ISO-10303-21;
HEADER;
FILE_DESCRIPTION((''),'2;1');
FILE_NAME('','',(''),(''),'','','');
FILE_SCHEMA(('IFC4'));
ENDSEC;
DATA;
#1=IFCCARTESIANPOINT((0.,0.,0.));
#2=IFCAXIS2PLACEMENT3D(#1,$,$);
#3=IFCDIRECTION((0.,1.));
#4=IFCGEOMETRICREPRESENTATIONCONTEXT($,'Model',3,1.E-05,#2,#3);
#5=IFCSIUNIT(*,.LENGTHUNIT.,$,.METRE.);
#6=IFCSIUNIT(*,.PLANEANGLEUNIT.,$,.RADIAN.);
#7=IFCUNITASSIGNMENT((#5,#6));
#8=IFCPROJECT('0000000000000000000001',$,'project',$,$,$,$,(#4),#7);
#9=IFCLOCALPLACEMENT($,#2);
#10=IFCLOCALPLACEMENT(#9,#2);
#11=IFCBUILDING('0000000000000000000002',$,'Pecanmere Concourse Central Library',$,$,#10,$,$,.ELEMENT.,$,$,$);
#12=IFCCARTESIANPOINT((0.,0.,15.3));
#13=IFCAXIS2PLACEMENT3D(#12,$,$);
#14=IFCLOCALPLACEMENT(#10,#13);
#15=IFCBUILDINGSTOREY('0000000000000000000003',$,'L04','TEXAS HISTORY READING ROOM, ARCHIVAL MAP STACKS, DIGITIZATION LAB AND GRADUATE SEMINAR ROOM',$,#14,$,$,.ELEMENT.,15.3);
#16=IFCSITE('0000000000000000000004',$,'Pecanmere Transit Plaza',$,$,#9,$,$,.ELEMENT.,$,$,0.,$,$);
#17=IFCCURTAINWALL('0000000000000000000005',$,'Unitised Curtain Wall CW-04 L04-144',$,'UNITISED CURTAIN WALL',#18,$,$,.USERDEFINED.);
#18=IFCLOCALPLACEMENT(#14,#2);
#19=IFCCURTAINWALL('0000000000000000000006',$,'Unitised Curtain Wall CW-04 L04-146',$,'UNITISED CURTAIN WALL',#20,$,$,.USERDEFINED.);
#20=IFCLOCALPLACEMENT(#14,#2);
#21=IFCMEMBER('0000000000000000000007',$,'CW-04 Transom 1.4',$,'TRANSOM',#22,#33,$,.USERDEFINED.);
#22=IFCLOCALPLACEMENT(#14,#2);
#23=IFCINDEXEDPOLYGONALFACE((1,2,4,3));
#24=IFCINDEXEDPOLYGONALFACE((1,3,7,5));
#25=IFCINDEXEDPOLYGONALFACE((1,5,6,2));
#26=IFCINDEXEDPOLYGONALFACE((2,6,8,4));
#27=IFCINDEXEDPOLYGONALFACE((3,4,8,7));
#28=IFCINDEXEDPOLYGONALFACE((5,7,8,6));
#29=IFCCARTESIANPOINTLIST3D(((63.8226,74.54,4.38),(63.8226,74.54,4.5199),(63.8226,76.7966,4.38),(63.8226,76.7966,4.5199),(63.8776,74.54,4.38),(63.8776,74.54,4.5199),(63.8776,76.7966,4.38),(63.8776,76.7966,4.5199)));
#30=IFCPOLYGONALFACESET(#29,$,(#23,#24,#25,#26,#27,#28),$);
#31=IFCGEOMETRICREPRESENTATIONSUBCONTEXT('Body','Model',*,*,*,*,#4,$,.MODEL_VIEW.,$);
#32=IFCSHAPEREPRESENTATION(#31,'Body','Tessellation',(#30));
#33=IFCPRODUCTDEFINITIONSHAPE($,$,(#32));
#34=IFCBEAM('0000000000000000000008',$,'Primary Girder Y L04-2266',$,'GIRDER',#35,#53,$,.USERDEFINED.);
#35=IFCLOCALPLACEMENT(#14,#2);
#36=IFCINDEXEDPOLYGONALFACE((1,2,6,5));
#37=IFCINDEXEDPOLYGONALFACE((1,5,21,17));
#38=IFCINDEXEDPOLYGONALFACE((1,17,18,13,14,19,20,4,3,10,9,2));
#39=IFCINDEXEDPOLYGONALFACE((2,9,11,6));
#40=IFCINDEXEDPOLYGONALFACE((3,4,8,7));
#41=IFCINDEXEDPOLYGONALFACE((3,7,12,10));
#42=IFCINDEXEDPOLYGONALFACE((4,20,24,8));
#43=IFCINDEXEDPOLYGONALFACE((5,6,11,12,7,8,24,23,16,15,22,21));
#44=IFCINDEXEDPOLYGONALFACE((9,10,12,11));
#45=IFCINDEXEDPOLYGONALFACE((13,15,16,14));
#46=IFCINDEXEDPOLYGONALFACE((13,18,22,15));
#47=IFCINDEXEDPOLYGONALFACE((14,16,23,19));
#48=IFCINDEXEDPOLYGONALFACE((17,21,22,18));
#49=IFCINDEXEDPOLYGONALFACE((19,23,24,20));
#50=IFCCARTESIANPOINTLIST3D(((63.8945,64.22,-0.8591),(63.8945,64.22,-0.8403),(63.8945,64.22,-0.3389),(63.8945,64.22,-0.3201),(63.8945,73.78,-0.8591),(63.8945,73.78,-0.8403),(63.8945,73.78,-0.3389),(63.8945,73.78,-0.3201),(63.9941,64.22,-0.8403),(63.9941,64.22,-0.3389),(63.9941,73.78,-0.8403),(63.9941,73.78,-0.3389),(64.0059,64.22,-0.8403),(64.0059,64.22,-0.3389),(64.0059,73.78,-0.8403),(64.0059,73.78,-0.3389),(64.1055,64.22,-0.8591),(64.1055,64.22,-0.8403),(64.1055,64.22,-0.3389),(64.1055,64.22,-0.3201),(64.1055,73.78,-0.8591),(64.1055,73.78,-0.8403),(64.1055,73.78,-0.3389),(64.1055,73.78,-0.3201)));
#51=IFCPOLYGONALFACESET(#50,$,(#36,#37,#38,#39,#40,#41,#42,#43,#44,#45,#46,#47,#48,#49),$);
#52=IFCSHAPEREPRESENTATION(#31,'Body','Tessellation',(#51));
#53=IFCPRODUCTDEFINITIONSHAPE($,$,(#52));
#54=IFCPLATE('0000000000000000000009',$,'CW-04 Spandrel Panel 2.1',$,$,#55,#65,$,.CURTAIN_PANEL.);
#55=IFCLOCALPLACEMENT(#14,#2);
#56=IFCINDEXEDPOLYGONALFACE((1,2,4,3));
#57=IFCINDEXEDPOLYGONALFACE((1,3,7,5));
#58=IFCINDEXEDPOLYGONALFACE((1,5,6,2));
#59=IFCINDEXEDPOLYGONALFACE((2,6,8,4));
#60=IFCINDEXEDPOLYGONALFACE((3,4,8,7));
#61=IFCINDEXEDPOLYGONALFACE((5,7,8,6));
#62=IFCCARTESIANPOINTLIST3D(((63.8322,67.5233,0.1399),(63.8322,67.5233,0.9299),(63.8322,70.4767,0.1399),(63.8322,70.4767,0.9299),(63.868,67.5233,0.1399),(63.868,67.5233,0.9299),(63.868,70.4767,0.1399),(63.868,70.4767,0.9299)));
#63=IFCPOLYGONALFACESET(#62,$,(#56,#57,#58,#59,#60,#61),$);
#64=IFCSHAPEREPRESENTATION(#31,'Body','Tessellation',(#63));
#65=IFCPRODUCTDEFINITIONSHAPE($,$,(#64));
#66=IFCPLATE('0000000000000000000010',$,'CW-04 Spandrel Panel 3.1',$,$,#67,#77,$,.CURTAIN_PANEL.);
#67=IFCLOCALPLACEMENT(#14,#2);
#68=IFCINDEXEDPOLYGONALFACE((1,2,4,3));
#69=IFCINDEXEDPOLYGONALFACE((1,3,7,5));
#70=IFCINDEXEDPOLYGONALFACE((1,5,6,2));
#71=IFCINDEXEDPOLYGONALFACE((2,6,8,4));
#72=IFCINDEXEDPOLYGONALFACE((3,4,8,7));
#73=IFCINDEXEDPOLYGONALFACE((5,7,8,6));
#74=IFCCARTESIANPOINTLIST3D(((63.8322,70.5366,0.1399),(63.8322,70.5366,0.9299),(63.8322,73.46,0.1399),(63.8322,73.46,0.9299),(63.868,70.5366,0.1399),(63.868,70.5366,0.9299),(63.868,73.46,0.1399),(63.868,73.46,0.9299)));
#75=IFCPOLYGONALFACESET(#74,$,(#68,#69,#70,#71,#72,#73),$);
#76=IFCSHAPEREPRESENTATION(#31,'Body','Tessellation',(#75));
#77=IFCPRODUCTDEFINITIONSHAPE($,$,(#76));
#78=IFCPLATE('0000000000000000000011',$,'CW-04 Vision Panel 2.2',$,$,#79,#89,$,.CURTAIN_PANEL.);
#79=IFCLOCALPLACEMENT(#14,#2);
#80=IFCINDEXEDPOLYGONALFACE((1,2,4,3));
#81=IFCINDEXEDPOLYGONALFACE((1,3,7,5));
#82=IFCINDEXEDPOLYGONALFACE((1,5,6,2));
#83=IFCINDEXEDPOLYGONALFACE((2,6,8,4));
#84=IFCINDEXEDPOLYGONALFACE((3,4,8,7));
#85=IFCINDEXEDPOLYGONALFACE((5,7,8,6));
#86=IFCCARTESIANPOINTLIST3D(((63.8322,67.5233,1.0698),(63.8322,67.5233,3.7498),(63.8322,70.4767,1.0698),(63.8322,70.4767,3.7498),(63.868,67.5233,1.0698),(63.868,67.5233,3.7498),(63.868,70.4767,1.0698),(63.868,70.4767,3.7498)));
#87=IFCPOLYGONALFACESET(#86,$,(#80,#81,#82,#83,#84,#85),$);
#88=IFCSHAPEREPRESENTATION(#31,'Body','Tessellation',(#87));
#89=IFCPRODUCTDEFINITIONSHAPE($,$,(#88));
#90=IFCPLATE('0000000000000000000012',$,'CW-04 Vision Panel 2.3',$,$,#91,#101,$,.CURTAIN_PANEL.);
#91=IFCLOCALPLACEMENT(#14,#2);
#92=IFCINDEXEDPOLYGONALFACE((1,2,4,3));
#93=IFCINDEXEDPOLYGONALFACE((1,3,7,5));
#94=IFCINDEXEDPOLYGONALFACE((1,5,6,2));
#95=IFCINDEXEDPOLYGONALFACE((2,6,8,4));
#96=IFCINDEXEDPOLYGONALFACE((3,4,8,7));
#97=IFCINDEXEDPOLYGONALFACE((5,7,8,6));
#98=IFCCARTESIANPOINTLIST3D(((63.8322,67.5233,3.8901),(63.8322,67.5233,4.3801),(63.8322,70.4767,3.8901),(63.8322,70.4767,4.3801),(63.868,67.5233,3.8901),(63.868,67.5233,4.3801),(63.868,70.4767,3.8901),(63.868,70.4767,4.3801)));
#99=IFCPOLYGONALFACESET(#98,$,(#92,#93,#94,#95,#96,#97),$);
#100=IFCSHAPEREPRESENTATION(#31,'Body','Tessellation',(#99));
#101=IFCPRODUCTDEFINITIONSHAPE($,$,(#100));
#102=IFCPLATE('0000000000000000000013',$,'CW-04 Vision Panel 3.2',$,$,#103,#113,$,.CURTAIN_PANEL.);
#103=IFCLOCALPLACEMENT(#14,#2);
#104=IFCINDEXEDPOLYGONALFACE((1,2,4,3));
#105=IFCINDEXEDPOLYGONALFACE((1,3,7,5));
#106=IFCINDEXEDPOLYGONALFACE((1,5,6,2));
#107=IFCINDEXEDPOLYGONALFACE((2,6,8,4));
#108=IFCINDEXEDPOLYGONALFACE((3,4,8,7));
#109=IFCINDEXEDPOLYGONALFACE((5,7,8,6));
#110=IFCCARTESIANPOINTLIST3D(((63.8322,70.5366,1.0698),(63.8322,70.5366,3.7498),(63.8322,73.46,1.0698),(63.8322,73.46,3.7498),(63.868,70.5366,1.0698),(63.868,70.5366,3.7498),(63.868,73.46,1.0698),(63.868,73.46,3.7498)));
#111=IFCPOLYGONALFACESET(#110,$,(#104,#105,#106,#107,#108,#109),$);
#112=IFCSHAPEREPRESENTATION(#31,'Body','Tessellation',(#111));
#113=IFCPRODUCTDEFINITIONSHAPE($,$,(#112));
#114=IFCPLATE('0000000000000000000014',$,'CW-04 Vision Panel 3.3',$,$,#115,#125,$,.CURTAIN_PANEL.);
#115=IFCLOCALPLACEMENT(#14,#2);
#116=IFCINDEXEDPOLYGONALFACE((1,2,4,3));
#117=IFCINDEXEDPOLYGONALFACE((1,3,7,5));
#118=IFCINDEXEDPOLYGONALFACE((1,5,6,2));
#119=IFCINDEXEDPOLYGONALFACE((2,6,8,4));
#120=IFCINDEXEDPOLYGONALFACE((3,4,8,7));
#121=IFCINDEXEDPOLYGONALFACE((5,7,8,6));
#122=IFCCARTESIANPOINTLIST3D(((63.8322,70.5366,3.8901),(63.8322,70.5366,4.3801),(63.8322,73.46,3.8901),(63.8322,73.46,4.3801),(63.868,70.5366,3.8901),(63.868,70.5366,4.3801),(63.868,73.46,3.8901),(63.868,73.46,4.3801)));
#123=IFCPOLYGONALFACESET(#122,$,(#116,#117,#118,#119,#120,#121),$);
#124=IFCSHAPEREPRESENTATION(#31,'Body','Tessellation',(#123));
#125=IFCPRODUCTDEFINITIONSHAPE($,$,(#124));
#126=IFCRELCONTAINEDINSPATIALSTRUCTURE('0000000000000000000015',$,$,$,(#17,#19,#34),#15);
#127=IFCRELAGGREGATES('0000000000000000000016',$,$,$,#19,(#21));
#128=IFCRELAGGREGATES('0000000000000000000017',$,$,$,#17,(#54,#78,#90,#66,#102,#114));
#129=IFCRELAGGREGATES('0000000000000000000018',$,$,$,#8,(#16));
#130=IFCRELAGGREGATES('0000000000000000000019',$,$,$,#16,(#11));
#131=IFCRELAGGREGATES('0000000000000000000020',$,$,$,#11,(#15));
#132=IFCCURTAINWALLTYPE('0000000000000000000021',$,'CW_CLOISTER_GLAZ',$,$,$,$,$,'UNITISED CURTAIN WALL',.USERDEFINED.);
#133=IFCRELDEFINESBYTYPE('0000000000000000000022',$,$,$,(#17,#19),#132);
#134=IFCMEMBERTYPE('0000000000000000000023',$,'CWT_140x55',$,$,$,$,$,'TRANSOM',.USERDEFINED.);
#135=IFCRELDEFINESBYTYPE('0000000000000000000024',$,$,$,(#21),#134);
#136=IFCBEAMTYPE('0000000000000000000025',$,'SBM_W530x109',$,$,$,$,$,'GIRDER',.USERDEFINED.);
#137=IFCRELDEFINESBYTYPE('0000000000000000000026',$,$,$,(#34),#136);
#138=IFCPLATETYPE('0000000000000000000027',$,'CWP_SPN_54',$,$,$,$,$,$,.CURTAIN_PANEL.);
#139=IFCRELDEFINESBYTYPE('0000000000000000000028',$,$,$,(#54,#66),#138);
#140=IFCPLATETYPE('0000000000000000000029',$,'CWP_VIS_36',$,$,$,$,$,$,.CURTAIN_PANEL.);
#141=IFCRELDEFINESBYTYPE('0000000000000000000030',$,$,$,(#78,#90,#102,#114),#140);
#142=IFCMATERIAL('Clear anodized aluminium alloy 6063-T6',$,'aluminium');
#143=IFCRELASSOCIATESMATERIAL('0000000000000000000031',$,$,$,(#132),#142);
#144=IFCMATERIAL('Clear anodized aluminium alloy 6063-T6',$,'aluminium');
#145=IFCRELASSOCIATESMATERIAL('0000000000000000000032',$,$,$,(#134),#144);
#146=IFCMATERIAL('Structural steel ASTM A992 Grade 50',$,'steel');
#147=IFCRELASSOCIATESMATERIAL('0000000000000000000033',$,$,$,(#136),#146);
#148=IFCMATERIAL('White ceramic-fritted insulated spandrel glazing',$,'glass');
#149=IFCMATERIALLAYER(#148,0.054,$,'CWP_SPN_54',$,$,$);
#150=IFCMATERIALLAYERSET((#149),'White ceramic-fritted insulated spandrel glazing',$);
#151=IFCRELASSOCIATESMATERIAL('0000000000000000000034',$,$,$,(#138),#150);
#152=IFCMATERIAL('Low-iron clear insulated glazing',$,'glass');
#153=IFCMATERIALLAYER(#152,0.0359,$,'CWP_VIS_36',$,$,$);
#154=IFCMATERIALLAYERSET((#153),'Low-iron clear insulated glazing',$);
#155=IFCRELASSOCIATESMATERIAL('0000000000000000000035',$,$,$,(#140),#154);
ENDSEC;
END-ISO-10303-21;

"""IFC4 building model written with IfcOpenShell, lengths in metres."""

from ifc_helpers import new_model, si_unit, direction, frame, origin, origin_2d, place, context, subcontext, project, spatial, rectangle, i_section, extrude, material, layer, layer_set, material_profile, profile_set, type_object, element, aggregate, save


model = new_model("IFC4")

# Units and contexts
model_context = context("Model", 3, precision=1e-05, world=origin(), true_north=direction((0.0, 1.0)))
body_context = subcontext(model_context, "Body", "Model", "MODEL_VIEW")
ifc_project = project(units=[si_unit("LENGTHUNIT", "METRE"), si_unit("PLANEANGLEUNIT", "RADIAN")], contexts=[model_context])

# Site, building, storey
site_placement = place(None, origin())
site = spatial("IfcSite", under=ifc_project, at=site_placement, Name="Pecanmere Transit Plaza", CompositionType="ELEMENT", RefElevation=0.0)
building_placement = place(site_placement, origin())
building = spatial("IfcBuilding", under=site, at=building_placement, Name="Pecanmere Concourse Central Library", CompositionType="ELEMENT")
storey_placement = place(building_placement, frame((0.0, 0.0, 15.3)))
storey = spatial("IfcBuildingStorey", under=building, at=storey_placement, Name="L04", Description="TEXAS HISTORY READING ROOM, ARCHIVAL MAP STACKS, DIGITIZATION LAB AND GRADUATE SEMINAR ROOM", CompositionType="ELEMENT", Elevation=15.3)

# Curtain wall
ifc_material_1 = material(Name="Clear anodized aluminium alloy 6063-T6", Category="aluminium")
curtain_wall_type = type_object("IfcCurtainWallType", Name="CW_CLOISTER_GLAZ", ElementType="UNITISED CURTAIN WALL", PredefinedType="USERDEFINED", material=ifc_material_1)
curtain_wall_1_placement = place(storey_placement, origin())
curtain_wall_1 = element("IfcCurtainWall", 1, at=curtain_wall_1_placement, inside=storey, type_object=curtain_wall_type, Name="Unitised Curtain Wall CW-04 L04-144", ObjectType="UNITISED CURTAIN WALL", PredefinedType="USERDEFINED")

# Curtain wall
curtain_wall_2_placement = place(storey_placement, origin())
curtain_wall_2 = element("IfcCurtainWall", 2, at=curtain_wall_2_placement, inside=storey, type_object=curtain_wall_type, Name="Unitised Curtain Wall CW-04 L04-146", ObjectType="UNITISED CURTAIN WALL", PredefinedType="USERDEFINED")

# Member
ifc_material_2 = material(Name="Clear anodized aluminium alloy 6063-T6", Category="aluminium")
ifc_material_profile_1 = material_profile(ifc_material_2, rectangle(XDim=0.0549, YDim=0.1399, at=origin_2d()), Name="AL 55x140")
ifc_profile_set_1 = profile_set([ifc_material_profile_1], Name="Clear anodized aluminium alloy 6063-T6")
member_type_1 = type_object("IfcMemberType", Name="CWT_140x55", ElementType="TRANSOM", PredefinedType="USERDEFINED", material=ifc_profile_set_1)
member_1_placement = place(storey_placement, frame((63.8501, 74.54, 4.45), z_axis=(0.0, 1.0, 0.0), x_axis=(-1.0, 0.0, 0.0)))
member_1 = element("IfcMember", 3, at=member_1_placement, type_object=member_type_1, Name="CW-04 Transom 1.4", ObjectType="TRANSOM", PredefinedType="USERDEFINED", context=body_context, shape_type="SweptSolid", body=[
    extrude(rectangle(XDim=0.0549, YDim=0.1399, at=origin_2d()), origin(), (0.0, 0.0, 1.0), 2.2566),
])
aggregate(curtain_wall_2, [member_1])

# Beam
ifc_material_3 = material(Name="Structural steel ASTM A992 Grade 50", Category="steel")
ifc_material_profile_2 = material_profile(ifc_material_3, i_section(OverallWidth=0.2109, OverallDepth=0.5391, WebThickness=0.0117, FlangeThickness=0.0188, at=origin_2d()), Name="W530x109")
ifc_profile_set_2 = profile_set([ifc_material_profile_2], Name="Structural steel ASTM A992 Grade 50")
beam_type_1 = type_object("IfcBeamType", Name="SBM_W530x109", ElementType="GIRDER", PredefinedType="USERDEFINED", material=ifc_profile_set_2)
beam_placement = place(storey_placement, frame((64.0, 64.22, -0.5896), z_axis=(0.0, 1.0, 0.0), x_axis=(-1.0, 0.0, 0.0)))
element("IfcBeam", 4, at=beam_placement, inside=storey, type_object=beam_type_1, Name="Primary Girder Y L04-2266", ObjectType="GIRDER", PredefinedType="USERDEFINED", context=body_context, shape_type="SweptSolid", body=[
    extrude(i_section(OverallWidth=0.2109, OverallDepth=0.5391, WebThickness=0.0117, FlangeThickness=0.0188, at=origin_2d()), origin(), (0.0, 0.0, 1.0), 9.5601),
])

# Plates
ifc_material_4 = material(Name="White ceramic-fritted insulated spandrel glazing", Category="glass")
ifc_layer_1 = layer(ifc_material_4, 0.054, Name="CWP_SPN_54")
ifc_layer_set_1 = layer_set([ifc_layer_1], Name="White ceramic-fritted insulated spandrel glazing")
plate_type_1 = type_object("IfcPlateType", Name="CWP_SPN_54", PredefinedType="CURTAIN_PANEL", material=ifc_layer_set_1)
plate_1_placement = place(storey_placement, frame((63.8501, 69.0, 0.1399), z_axis=(0.0, 0.0, 1.0), x_axis=(0.0, 1.0, 0.0)))
plate_1 = element("IfcPlate", 5, at=plate_1_placement, type_object=plate_type_1, Name="CW-04 Spandrel Panel 2.1", PredefinedType="CURTAIN_PANEL", context=body_context, shape_type="SweptSolid", body=[
    extrude(rectangle(XDim=2.9534, YDim=0.0359, at=origin_2d()), origin(), (0.0, 0.0, 1.0), 0.79),
])
plate_2_placement = place(storey_placement, frame((63.8501, 71.9983, 0.1399), z_axis=(0.0, 0.0, 1.0), x_axis=(0.0, 1.0, 0.0)))
plate_2 = element("IfcPlate", 6, at=plate_2_placement, type_object=plate_type_1, Name="CW-04 Spandrel Panel 3.1", PredefinedType="CURTAIN_PANEL", context=body_context, shape_type="SweptSolid", body=[
    extrude(rectangle(XDim=2.9233, YDim=0.0359, at=origin_2d()), origin(), (0.0, 0.0, 1.0), 0.79),
])
ifc_material_5 = material(Name="Low-iron clear insulated glazing", Category="glass")
ifc_layer_2 = layer(ifc_material_5, 0.0359, Name="CWP_VIS_36")
ifc_layer_set_2 = layer_set([ifc_layer_2], Name="Low-iron clear insulated glazing")
plate_type_2 = type_object("IfcPlateType", Name="CWP_VIS_36", PredefinedType="CURTAIN_PANEL", material=ifc_layer_set_2)
plate_3_placement = place(storey_placement, frame((63.8501, 69.0, 1.0698), z_axis=(0.0, 0.0, 1.0), x_axis=(0.0, 1.0, 0.0)))
plate_3 = element("IfcPlate", 7, at=plate_3_placement, type_object=plate_type_2, Name="CW-04 Vision Panel 2.2", PredefinedType="CURTAIN_PANEL", context=body_context, shape_type="SweptSolid", body=[
    extrude(rectangle(XDim=2.9534, YDim=0.0359, at=origin_2d()), origin(), (0.0, 0.0, 1.0), 2.6799),
])
plate_4_placement = place(storey_placement, frame((63.8501, 69.0, 3.8901), z_axis=(0.0, 0.0, 1.0), x_axis=(0.0, 1.0, 0.0)))
plate_4 = element("IfcPlate", 8, at=plate_4_placement, type_object=plate_type_2, Name="CW-04 Vision Panel 2.3", PredefinedType="CURTAIN_PANEL", context=body_context, shape_type="SweptSolid", body=[
    extrude(rectangle(XDim=2.9534, YDim=0.0359, at=origin_2d()), origin(), (0.0, 0.0, 1.0), 0.49),
])
plate_5_placement = place(storey_placement, frame((63.8501, 71.9983, 1.0698), z_axis=(0.0, 0.0, 1.0), x_axis=(0.0, 1.0, 0.0)))
plate_5 = element("IfcPlate", 9, at=plate_5_placement, type_object=plate_type_2, Name="CW-04 Vision Panel 3.2", PredefinedType="CURTAIN_PANEL", context=body_context, shape_type="SweptSolid", body=[
    extrude(rectangle(XDim=2.9233, YDim=0.0359, at=origin_2d()), origin(), (0.0, 0.0, 1.0), 2.6799),
])
plate_6_placement = place(storey_placement, frame((63.8501, 71.9983, 3.8901), z_axis=(0.0, 0.0, 1.0), x_axis=(0.0, 1.0, 0.0)))
plate_6 = element("IfcPlate", 10, at=plate_6_placement, type_object=plate_type_2, Name="CW-04 Vision Panel 3.3", PredefinedType="CURTAIN_PANEL", context=body_context, shape_type="SweptSolid", body=[
    extrude(rectangle(XDim=2.9233, YDim=0.0359, at=origin_2d()), origin(), (0.0, 0.0, 1.0), 0.49),
])
aggregate(curtain_wall_1, [plate_1, plate_3, plate_4, plate_2, plate_5, plate_6])

save(model, "model.ifc")
